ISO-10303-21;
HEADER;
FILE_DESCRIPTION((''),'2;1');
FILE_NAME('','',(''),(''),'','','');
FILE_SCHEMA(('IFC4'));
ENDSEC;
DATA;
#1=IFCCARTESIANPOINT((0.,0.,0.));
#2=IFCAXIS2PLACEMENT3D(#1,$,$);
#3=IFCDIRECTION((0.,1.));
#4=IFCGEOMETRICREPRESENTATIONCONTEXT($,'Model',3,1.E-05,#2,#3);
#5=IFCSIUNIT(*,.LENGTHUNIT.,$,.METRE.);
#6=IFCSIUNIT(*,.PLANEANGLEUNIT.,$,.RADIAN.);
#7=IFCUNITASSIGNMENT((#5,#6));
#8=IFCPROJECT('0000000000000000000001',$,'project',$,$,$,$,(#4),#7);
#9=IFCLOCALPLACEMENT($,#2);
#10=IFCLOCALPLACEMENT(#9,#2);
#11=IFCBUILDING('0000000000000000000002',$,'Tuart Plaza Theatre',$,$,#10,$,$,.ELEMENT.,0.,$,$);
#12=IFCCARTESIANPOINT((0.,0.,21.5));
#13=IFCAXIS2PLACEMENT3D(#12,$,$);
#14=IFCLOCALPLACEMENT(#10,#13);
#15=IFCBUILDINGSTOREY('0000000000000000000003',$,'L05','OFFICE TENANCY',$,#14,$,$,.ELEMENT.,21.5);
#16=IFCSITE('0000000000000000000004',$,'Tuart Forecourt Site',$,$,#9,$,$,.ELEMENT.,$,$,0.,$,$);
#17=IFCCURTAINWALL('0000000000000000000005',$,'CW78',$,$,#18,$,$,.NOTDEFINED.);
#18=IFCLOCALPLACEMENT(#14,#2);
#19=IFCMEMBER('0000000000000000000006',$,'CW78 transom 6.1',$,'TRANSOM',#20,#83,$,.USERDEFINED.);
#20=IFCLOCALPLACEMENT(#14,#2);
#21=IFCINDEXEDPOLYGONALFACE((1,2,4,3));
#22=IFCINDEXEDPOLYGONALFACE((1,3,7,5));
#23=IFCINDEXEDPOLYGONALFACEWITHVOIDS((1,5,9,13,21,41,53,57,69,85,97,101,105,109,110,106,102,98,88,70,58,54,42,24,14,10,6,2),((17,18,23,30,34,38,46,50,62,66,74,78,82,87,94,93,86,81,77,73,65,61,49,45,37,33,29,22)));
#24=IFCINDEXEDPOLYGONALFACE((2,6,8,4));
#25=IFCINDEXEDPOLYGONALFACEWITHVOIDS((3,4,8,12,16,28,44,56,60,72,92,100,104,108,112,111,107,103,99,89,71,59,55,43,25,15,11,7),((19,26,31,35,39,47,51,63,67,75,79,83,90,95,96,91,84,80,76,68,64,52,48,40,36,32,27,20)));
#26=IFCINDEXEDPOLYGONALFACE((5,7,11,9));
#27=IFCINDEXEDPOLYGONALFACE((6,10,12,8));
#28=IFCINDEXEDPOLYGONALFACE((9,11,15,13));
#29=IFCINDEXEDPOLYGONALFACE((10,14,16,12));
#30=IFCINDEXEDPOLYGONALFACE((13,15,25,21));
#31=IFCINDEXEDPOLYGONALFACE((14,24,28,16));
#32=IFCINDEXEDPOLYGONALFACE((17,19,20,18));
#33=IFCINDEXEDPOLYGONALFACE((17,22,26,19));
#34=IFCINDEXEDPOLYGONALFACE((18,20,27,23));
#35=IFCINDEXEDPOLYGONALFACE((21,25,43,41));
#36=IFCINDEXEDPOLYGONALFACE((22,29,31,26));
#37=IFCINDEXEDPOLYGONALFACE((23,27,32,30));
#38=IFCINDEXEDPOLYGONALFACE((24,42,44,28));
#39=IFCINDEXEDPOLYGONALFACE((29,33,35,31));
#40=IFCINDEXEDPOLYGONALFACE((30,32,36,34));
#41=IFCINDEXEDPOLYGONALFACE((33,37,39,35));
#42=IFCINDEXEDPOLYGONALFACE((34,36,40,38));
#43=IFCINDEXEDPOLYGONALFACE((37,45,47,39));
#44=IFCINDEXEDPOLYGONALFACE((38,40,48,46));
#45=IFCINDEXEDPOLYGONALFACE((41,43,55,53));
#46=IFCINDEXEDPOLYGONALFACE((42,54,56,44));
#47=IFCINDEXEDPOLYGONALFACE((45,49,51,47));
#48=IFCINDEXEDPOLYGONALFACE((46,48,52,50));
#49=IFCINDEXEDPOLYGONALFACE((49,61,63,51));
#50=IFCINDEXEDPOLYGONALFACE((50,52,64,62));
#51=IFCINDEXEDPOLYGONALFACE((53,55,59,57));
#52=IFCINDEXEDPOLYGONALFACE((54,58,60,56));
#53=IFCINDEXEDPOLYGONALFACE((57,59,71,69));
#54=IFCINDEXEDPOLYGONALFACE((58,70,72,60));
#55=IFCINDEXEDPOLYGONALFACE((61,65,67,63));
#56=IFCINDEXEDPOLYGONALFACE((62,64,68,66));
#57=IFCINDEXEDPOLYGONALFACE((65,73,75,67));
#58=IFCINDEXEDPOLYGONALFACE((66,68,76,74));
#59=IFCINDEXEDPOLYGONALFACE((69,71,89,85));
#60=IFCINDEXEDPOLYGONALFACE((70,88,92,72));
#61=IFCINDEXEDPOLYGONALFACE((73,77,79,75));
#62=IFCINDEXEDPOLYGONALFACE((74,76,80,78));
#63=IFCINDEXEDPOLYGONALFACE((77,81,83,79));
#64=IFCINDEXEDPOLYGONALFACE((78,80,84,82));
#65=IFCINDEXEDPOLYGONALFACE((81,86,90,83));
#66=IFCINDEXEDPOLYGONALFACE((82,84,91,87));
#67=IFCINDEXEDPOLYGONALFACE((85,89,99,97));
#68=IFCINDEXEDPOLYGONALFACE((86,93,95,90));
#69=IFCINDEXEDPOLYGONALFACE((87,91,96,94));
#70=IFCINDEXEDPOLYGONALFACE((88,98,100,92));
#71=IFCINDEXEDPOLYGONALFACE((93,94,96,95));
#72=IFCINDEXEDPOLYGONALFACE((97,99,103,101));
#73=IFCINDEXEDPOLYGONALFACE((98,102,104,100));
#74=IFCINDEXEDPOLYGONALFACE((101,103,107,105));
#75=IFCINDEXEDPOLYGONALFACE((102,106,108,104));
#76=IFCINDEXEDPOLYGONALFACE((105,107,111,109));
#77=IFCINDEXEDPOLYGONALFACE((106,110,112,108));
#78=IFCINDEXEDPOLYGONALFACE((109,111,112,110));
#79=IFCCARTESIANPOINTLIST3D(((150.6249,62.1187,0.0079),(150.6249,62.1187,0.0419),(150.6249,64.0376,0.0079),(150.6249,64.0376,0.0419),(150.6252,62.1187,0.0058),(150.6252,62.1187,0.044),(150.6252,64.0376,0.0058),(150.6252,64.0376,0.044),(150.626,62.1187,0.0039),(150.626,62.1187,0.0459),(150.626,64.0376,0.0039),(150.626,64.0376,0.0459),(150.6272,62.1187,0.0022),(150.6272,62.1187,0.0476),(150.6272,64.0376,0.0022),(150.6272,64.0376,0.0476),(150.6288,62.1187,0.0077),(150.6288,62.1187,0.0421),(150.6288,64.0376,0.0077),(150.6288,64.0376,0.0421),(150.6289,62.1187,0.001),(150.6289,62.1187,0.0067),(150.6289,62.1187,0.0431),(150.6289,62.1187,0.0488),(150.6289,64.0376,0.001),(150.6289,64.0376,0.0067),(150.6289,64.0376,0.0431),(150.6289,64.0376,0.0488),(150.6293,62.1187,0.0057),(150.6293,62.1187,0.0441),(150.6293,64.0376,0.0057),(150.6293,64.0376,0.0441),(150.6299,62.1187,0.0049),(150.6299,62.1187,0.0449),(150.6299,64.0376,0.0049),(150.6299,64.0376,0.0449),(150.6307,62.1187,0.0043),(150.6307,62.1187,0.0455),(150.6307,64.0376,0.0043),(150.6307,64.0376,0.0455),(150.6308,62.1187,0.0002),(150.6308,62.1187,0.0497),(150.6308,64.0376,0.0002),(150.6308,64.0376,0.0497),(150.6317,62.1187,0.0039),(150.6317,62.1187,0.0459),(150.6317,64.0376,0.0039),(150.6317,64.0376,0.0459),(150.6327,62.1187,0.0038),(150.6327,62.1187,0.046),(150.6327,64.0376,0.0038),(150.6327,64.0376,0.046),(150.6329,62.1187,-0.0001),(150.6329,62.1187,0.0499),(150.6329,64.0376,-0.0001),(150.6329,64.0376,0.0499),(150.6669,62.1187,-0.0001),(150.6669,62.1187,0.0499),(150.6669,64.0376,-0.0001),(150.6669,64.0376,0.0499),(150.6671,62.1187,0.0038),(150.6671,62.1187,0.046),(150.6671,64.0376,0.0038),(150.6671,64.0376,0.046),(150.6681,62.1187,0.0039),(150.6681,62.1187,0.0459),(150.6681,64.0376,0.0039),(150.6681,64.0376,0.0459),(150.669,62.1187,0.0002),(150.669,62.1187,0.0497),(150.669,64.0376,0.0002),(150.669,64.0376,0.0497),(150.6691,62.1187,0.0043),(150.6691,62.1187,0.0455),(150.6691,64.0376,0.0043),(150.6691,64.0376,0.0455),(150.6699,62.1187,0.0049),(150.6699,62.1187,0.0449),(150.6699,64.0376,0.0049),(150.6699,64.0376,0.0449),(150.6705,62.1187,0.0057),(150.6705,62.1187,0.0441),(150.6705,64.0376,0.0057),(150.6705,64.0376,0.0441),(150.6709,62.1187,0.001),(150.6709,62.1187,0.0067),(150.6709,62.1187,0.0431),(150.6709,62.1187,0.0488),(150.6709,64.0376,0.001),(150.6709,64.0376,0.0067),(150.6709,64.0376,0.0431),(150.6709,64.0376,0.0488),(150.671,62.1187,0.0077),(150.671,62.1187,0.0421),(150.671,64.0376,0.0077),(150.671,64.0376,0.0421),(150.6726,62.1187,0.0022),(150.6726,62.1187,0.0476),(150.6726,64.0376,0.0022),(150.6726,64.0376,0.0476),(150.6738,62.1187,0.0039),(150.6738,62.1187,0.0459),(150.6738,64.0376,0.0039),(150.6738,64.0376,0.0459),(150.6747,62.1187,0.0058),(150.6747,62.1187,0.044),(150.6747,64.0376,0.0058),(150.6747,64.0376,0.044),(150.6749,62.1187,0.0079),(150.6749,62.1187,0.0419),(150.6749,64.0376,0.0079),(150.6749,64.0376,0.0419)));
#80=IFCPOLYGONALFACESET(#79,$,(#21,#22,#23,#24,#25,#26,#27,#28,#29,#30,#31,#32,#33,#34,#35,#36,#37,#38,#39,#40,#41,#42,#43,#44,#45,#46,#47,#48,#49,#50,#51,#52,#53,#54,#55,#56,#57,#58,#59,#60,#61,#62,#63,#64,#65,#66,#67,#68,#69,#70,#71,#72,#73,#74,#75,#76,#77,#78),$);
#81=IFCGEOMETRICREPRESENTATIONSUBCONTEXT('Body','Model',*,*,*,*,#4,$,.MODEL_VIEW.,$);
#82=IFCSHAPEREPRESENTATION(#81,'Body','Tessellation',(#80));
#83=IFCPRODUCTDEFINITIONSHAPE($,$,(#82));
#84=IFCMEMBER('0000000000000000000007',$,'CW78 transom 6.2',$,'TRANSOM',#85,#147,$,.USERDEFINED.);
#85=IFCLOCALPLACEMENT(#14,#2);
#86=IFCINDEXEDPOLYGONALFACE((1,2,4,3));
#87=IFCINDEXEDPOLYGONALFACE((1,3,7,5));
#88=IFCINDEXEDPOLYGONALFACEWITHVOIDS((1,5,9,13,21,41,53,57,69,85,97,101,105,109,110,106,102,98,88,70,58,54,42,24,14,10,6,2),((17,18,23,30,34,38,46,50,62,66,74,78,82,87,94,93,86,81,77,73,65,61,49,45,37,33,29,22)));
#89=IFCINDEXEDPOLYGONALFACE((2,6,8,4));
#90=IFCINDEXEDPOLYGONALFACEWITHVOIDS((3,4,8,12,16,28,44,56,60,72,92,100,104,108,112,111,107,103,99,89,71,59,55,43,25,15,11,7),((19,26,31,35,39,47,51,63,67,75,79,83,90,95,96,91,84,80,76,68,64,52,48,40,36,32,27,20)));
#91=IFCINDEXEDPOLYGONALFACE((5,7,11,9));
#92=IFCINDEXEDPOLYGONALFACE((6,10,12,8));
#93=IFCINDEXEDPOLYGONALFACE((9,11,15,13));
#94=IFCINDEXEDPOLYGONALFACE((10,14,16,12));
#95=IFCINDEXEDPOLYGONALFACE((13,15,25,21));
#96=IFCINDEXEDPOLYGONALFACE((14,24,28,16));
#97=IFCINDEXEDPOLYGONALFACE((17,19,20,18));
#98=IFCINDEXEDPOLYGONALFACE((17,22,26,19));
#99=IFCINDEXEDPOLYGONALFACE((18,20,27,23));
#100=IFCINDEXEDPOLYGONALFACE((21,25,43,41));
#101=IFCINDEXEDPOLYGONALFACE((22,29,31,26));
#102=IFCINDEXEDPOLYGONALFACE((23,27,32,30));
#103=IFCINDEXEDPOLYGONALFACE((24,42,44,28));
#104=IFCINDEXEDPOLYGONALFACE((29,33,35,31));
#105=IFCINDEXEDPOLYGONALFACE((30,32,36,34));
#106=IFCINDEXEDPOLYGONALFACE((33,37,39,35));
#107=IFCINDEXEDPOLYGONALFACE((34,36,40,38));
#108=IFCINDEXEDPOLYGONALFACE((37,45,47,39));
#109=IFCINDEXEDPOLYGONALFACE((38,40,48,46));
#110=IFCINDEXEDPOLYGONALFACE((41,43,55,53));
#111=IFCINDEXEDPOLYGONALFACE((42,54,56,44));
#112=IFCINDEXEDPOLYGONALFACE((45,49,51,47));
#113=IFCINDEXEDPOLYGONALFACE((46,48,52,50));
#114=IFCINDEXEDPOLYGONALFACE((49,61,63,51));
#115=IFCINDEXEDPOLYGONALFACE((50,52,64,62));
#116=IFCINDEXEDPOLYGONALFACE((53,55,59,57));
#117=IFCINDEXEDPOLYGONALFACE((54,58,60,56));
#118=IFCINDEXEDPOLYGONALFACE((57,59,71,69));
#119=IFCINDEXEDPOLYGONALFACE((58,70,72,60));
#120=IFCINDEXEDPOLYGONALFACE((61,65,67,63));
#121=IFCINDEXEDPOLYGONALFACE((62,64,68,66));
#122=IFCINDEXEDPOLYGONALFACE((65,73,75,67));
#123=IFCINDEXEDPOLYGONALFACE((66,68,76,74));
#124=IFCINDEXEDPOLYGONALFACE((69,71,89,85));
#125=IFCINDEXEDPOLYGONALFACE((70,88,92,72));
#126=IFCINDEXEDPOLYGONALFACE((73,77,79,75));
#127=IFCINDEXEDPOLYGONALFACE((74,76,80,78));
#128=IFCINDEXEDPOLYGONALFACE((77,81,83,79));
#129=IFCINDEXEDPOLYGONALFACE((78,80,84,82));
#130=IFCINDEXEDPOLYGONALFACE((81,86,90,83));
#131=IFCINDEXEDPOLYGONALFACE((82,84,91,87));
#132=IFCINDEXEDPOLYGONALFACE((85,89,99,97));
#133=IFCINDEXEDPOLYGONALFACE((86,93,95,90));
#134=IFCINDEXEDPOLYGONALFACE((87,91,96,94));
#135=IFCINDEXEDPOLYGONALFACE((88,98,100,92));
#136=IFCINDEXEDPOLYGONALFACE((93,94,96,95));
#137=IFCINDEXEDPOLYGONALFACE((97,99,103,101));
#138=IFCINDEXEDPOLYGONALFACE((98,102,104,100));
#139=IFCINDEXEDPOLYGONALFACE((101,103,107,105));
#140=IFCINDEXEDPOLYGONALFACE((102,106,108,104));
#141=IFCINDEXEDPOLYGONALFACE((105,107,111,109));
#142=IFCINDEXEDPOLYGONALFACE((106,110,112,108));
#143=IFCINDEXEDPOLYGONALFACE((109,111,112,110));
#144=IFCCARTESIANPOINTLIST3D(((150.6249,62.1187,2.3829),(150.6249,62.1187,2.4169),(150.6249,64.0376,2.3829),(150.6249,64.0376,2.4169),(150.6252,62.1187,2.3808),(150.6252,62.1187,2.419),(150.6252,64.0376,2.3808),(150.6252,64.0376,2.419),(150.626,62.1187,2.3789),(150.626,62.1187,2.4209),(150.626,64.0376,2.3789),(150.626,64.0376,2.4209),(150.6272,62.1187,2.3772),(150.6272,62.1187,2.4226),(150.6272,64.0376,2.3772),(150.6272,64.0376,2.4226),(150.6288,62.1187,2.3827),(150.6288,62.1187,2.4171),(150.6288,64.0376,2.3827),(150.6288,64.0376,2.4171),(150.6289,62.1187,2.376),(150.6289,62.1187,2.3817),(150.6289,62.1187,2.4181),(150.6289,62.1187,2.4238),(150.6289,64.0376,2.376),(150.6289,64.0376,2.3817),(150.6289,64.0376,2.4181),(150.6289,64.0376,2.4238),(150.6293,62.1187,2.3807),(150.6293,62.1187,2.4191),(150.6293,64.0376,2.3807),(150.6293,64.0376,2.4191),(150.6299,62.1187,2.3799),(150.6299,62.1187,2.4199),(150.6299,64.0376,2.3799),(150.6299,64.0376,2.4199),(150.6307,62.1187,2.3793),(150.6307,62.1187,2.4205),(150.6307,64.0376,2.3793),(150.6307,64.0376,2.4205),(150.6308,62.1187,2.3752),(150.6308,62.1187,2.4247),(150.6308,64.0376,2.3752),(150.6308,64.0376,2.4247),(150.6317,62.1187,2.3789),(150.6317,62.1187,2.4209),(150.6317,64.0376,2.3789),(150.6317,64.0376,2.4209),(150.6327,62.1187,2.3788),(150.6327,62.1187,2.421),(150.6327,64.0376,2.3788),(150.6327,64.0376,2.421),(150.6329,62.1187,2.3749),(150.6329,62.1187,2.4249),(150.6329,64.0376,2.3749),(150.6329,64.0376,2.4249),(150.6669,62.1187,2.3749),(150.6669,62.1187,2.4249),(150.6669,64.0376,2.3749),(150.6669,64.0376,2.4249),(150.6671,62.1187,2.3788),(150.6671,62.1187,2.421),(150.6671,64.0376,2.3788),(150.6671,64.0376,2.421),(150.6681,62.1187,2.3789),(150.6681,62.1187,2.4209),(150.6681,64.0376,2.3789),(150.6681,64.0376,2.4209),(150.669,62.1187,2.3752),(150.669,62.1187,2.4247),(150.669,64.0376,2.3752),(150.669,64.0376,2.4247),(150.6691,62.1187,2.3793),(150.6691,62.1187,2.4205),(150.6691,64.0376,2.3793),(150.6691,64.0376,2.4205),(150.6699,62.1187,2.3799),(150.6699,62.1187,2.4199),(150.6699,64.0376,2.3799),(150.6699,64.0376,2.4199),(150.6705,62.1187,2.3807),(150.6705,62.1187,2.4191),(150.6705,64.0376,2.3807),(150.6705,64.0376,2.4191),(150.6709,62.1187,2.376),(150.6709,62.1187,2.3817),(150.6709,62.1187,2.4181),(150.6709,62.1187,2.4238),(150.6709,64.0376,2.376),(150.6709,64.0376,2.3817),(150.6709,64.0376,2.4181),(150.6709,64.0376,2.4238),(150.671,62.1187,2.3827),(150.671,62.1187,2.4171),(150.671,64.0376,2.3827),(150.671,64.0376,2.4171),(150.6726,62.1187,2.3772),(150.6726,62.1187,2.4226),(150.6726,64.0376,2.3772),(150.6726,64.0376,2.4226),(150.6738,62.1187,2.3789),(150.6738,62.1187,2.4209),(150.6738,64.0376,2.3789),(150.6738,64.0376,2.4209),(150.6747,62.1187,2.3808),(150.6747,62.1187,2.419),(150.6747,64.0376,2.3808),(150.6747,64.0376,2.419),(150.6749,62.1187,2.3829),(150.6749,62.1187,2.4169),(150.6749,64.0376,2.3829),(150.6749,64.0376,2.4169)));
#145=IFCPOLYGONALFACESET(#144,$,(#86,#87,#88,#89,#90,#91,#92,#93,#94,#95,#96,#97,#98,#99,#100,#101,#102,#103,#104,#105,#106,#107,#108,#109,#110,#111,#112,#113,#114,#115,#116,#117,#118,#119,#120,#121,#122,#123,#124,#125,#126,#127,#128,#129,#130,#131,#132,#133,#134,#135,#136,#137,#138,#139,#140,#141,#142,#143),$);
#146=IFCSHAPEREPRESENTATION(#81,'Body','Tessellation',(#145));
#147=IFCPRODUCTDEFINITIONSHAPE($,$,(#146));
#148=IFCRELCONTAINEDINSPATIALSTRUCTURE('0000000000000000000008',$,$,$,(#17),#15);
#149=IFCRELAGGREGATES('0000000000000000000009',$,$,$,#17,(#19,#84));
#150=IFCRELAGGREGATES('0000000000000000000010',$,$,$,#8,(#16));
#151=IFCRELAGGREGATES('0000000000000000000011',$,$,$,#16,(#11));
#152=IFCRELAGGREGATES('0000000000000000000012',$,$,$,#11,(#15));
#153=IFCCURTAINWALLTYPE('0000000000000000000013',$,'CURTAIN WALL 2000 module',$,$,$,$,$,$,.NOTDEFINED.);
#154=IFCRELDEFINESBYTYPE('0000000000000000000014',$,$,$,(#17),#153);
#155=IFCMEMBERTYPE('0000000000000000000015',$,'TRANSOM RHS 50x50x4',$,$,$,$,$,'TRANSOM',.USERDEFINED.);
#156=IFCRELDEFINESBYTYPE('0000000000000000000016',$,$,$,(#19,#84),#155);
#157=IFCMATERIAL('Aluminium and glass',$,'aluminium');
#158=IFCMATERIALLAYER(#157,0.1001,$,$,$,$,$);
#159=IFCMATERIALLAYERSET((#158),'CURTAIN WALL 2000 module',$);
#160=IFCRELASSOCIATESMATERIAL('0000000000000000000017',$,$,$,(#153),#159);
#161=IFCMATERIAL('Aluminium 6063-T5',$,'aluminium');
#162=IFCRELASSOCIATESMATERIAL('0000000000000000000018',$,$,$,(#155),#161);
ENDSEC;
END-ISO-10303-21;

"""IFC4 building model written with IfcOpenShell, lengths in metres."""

from ifc_helpers import new_model, si_unit, direction, frame, origin, origin_2d, place, context, subcontext, project, spatial, hollow_rectangle, extrude, material, layer, layer_set, material_profile, profile_set, type_object, element, aggregate, save


model = new_model("IFC4")

# Units and contexts
model_context = context("Model", 3, precision=1e-05, world=origin(), true_north=direction((0.0, 1.0)))
body_context = subcontext(model_context, "Body", "Model", "MODEL_VIEW")
ifc_project = project(units=[si_unit("LENGTHUNIT", "METRE"), si_unit("PLANEANGLEUNIT", "RADIAN")], contexts=[model_context])

# Site, building, storey
site_placement = place(None, origin())
site = spatial("IfcSite", under=ifc_project, at=site_placement, Name="Tuart Forecourt Site", CompositionType="ELEMENT", RefElevation=0.0)
building_placement = place(site_placement, origin())
building = spatial("IfcBuilding", under=site, at=building_placement, Name="Tuart Plaza Theatre", CompositionType="ELEMENT", ElevationOfRefHeight=0.0)
storey_placement = place(building_placement, frame((0.0, 0.0, 21.5)))
storey = spatial("IfcBuildingStorey", under=building, at=storey_placement, Name="L05", Description="OFFICE TENANCY", CompositionType="ELEMENT", Elevation=21.5)

# Curtain wall, members
ifc_material_1 = material(Name="Aluminium and glass", Category="aluminium")
ifc_layer_1 = layer(ifc_material_1, 0.1001)
ifc_layer_set_1 = layer_set([ifc_layer_1], Name="CURTAIN WALL 2000 module")
curtain_wall_type = type_object("IfcCurtainWallType", Name="CURTAIN WALL 2000 module", PredefinedType="NOTDEFINED", material=ifc_layer_set_1)
curtain_wall_placement = place(storey_placement, origin())
curtain_wall = element("IfcCurtainWall", 1, at=curtain_wall_placement, inside=storey, type_object=curtain_wall_type, Name="CW78", PredefinedType="NOTDEFINED")
ifc_material_2 = material(Name="Aluminium 6063-T5", Category="aluminium")
ifc_material_profile_1 = material_profile(ifc_material_2, hollow_rectangle(XDim=0.05, YDim=0.05, WallThickness=0.0039, InnerFilletRadius=0.0039, OuterFilletRadius=0.0081, at=origin_2d()), Name="RHS 50x50x4")
ifc_profile_set_1 = profile_set([ifc_material_profile_1], Name="Aluminium 6063-T5")
member_type_1 = type_object("IfcMemberType", Name="TRANSOM RHS 50x50x4", ElementType="TRANSOM", PredefinedType="USERDEFINED", material=ifc_profile_set_1)
member_1_placement = place(storey_placement, frame((150.6499, 62.1187, 0.0249), z_axis=(0.0, 1.0, 0.0), x_axis=(-1.0, 0.0, 0.0)))
member_1 = element("IfcMember", 2, at=member_1_placement, type_object=member_type_1, Name="CW78 transom 6.1", ObjectType="TRANSOM", PredefinedType="USERDEFINED", context=body_context, shape_type="SweptSolid", body=[
    extrude(hollow_rectangle(XDim=0.05, YDim=0.05, WallThickness=0.0039, InnerFilletRadius=0.0039, OuterFilletRadius=0.0081, at=origin_2d()), origin(), (0.0, 0.0, 1.0), 1.9189),
])
member_2_placement = place(storey_placement, frame((150.6499, 62.1187, 2.3999), z_axis=(0.0, 1.0, 0.0), x_axis=(-1.0, 0.0, 0.0)))
member_2 = element("IfcMember", 3, at=member_2_placement, type_object=member_type_1, Name="CW78 transom 6.2", ObjectType="TRANSOM", PredefinedType="USERDEFINED", context=body_context, shape_type="SweptSolid", body=[
    extrude(hollow_rectangle(XDim=0.05, YDim=0.05, WallThickness=0.0039, InnerFilletRadius=0.0039, OuterFilletRadius=0.0081, at=origin_2d()), origin(), (0.0, 0.0, 1.0), 1.9189),
])
aggregate(curtain_wall, [member_1, member_2])

save(model, "model.ifc")
